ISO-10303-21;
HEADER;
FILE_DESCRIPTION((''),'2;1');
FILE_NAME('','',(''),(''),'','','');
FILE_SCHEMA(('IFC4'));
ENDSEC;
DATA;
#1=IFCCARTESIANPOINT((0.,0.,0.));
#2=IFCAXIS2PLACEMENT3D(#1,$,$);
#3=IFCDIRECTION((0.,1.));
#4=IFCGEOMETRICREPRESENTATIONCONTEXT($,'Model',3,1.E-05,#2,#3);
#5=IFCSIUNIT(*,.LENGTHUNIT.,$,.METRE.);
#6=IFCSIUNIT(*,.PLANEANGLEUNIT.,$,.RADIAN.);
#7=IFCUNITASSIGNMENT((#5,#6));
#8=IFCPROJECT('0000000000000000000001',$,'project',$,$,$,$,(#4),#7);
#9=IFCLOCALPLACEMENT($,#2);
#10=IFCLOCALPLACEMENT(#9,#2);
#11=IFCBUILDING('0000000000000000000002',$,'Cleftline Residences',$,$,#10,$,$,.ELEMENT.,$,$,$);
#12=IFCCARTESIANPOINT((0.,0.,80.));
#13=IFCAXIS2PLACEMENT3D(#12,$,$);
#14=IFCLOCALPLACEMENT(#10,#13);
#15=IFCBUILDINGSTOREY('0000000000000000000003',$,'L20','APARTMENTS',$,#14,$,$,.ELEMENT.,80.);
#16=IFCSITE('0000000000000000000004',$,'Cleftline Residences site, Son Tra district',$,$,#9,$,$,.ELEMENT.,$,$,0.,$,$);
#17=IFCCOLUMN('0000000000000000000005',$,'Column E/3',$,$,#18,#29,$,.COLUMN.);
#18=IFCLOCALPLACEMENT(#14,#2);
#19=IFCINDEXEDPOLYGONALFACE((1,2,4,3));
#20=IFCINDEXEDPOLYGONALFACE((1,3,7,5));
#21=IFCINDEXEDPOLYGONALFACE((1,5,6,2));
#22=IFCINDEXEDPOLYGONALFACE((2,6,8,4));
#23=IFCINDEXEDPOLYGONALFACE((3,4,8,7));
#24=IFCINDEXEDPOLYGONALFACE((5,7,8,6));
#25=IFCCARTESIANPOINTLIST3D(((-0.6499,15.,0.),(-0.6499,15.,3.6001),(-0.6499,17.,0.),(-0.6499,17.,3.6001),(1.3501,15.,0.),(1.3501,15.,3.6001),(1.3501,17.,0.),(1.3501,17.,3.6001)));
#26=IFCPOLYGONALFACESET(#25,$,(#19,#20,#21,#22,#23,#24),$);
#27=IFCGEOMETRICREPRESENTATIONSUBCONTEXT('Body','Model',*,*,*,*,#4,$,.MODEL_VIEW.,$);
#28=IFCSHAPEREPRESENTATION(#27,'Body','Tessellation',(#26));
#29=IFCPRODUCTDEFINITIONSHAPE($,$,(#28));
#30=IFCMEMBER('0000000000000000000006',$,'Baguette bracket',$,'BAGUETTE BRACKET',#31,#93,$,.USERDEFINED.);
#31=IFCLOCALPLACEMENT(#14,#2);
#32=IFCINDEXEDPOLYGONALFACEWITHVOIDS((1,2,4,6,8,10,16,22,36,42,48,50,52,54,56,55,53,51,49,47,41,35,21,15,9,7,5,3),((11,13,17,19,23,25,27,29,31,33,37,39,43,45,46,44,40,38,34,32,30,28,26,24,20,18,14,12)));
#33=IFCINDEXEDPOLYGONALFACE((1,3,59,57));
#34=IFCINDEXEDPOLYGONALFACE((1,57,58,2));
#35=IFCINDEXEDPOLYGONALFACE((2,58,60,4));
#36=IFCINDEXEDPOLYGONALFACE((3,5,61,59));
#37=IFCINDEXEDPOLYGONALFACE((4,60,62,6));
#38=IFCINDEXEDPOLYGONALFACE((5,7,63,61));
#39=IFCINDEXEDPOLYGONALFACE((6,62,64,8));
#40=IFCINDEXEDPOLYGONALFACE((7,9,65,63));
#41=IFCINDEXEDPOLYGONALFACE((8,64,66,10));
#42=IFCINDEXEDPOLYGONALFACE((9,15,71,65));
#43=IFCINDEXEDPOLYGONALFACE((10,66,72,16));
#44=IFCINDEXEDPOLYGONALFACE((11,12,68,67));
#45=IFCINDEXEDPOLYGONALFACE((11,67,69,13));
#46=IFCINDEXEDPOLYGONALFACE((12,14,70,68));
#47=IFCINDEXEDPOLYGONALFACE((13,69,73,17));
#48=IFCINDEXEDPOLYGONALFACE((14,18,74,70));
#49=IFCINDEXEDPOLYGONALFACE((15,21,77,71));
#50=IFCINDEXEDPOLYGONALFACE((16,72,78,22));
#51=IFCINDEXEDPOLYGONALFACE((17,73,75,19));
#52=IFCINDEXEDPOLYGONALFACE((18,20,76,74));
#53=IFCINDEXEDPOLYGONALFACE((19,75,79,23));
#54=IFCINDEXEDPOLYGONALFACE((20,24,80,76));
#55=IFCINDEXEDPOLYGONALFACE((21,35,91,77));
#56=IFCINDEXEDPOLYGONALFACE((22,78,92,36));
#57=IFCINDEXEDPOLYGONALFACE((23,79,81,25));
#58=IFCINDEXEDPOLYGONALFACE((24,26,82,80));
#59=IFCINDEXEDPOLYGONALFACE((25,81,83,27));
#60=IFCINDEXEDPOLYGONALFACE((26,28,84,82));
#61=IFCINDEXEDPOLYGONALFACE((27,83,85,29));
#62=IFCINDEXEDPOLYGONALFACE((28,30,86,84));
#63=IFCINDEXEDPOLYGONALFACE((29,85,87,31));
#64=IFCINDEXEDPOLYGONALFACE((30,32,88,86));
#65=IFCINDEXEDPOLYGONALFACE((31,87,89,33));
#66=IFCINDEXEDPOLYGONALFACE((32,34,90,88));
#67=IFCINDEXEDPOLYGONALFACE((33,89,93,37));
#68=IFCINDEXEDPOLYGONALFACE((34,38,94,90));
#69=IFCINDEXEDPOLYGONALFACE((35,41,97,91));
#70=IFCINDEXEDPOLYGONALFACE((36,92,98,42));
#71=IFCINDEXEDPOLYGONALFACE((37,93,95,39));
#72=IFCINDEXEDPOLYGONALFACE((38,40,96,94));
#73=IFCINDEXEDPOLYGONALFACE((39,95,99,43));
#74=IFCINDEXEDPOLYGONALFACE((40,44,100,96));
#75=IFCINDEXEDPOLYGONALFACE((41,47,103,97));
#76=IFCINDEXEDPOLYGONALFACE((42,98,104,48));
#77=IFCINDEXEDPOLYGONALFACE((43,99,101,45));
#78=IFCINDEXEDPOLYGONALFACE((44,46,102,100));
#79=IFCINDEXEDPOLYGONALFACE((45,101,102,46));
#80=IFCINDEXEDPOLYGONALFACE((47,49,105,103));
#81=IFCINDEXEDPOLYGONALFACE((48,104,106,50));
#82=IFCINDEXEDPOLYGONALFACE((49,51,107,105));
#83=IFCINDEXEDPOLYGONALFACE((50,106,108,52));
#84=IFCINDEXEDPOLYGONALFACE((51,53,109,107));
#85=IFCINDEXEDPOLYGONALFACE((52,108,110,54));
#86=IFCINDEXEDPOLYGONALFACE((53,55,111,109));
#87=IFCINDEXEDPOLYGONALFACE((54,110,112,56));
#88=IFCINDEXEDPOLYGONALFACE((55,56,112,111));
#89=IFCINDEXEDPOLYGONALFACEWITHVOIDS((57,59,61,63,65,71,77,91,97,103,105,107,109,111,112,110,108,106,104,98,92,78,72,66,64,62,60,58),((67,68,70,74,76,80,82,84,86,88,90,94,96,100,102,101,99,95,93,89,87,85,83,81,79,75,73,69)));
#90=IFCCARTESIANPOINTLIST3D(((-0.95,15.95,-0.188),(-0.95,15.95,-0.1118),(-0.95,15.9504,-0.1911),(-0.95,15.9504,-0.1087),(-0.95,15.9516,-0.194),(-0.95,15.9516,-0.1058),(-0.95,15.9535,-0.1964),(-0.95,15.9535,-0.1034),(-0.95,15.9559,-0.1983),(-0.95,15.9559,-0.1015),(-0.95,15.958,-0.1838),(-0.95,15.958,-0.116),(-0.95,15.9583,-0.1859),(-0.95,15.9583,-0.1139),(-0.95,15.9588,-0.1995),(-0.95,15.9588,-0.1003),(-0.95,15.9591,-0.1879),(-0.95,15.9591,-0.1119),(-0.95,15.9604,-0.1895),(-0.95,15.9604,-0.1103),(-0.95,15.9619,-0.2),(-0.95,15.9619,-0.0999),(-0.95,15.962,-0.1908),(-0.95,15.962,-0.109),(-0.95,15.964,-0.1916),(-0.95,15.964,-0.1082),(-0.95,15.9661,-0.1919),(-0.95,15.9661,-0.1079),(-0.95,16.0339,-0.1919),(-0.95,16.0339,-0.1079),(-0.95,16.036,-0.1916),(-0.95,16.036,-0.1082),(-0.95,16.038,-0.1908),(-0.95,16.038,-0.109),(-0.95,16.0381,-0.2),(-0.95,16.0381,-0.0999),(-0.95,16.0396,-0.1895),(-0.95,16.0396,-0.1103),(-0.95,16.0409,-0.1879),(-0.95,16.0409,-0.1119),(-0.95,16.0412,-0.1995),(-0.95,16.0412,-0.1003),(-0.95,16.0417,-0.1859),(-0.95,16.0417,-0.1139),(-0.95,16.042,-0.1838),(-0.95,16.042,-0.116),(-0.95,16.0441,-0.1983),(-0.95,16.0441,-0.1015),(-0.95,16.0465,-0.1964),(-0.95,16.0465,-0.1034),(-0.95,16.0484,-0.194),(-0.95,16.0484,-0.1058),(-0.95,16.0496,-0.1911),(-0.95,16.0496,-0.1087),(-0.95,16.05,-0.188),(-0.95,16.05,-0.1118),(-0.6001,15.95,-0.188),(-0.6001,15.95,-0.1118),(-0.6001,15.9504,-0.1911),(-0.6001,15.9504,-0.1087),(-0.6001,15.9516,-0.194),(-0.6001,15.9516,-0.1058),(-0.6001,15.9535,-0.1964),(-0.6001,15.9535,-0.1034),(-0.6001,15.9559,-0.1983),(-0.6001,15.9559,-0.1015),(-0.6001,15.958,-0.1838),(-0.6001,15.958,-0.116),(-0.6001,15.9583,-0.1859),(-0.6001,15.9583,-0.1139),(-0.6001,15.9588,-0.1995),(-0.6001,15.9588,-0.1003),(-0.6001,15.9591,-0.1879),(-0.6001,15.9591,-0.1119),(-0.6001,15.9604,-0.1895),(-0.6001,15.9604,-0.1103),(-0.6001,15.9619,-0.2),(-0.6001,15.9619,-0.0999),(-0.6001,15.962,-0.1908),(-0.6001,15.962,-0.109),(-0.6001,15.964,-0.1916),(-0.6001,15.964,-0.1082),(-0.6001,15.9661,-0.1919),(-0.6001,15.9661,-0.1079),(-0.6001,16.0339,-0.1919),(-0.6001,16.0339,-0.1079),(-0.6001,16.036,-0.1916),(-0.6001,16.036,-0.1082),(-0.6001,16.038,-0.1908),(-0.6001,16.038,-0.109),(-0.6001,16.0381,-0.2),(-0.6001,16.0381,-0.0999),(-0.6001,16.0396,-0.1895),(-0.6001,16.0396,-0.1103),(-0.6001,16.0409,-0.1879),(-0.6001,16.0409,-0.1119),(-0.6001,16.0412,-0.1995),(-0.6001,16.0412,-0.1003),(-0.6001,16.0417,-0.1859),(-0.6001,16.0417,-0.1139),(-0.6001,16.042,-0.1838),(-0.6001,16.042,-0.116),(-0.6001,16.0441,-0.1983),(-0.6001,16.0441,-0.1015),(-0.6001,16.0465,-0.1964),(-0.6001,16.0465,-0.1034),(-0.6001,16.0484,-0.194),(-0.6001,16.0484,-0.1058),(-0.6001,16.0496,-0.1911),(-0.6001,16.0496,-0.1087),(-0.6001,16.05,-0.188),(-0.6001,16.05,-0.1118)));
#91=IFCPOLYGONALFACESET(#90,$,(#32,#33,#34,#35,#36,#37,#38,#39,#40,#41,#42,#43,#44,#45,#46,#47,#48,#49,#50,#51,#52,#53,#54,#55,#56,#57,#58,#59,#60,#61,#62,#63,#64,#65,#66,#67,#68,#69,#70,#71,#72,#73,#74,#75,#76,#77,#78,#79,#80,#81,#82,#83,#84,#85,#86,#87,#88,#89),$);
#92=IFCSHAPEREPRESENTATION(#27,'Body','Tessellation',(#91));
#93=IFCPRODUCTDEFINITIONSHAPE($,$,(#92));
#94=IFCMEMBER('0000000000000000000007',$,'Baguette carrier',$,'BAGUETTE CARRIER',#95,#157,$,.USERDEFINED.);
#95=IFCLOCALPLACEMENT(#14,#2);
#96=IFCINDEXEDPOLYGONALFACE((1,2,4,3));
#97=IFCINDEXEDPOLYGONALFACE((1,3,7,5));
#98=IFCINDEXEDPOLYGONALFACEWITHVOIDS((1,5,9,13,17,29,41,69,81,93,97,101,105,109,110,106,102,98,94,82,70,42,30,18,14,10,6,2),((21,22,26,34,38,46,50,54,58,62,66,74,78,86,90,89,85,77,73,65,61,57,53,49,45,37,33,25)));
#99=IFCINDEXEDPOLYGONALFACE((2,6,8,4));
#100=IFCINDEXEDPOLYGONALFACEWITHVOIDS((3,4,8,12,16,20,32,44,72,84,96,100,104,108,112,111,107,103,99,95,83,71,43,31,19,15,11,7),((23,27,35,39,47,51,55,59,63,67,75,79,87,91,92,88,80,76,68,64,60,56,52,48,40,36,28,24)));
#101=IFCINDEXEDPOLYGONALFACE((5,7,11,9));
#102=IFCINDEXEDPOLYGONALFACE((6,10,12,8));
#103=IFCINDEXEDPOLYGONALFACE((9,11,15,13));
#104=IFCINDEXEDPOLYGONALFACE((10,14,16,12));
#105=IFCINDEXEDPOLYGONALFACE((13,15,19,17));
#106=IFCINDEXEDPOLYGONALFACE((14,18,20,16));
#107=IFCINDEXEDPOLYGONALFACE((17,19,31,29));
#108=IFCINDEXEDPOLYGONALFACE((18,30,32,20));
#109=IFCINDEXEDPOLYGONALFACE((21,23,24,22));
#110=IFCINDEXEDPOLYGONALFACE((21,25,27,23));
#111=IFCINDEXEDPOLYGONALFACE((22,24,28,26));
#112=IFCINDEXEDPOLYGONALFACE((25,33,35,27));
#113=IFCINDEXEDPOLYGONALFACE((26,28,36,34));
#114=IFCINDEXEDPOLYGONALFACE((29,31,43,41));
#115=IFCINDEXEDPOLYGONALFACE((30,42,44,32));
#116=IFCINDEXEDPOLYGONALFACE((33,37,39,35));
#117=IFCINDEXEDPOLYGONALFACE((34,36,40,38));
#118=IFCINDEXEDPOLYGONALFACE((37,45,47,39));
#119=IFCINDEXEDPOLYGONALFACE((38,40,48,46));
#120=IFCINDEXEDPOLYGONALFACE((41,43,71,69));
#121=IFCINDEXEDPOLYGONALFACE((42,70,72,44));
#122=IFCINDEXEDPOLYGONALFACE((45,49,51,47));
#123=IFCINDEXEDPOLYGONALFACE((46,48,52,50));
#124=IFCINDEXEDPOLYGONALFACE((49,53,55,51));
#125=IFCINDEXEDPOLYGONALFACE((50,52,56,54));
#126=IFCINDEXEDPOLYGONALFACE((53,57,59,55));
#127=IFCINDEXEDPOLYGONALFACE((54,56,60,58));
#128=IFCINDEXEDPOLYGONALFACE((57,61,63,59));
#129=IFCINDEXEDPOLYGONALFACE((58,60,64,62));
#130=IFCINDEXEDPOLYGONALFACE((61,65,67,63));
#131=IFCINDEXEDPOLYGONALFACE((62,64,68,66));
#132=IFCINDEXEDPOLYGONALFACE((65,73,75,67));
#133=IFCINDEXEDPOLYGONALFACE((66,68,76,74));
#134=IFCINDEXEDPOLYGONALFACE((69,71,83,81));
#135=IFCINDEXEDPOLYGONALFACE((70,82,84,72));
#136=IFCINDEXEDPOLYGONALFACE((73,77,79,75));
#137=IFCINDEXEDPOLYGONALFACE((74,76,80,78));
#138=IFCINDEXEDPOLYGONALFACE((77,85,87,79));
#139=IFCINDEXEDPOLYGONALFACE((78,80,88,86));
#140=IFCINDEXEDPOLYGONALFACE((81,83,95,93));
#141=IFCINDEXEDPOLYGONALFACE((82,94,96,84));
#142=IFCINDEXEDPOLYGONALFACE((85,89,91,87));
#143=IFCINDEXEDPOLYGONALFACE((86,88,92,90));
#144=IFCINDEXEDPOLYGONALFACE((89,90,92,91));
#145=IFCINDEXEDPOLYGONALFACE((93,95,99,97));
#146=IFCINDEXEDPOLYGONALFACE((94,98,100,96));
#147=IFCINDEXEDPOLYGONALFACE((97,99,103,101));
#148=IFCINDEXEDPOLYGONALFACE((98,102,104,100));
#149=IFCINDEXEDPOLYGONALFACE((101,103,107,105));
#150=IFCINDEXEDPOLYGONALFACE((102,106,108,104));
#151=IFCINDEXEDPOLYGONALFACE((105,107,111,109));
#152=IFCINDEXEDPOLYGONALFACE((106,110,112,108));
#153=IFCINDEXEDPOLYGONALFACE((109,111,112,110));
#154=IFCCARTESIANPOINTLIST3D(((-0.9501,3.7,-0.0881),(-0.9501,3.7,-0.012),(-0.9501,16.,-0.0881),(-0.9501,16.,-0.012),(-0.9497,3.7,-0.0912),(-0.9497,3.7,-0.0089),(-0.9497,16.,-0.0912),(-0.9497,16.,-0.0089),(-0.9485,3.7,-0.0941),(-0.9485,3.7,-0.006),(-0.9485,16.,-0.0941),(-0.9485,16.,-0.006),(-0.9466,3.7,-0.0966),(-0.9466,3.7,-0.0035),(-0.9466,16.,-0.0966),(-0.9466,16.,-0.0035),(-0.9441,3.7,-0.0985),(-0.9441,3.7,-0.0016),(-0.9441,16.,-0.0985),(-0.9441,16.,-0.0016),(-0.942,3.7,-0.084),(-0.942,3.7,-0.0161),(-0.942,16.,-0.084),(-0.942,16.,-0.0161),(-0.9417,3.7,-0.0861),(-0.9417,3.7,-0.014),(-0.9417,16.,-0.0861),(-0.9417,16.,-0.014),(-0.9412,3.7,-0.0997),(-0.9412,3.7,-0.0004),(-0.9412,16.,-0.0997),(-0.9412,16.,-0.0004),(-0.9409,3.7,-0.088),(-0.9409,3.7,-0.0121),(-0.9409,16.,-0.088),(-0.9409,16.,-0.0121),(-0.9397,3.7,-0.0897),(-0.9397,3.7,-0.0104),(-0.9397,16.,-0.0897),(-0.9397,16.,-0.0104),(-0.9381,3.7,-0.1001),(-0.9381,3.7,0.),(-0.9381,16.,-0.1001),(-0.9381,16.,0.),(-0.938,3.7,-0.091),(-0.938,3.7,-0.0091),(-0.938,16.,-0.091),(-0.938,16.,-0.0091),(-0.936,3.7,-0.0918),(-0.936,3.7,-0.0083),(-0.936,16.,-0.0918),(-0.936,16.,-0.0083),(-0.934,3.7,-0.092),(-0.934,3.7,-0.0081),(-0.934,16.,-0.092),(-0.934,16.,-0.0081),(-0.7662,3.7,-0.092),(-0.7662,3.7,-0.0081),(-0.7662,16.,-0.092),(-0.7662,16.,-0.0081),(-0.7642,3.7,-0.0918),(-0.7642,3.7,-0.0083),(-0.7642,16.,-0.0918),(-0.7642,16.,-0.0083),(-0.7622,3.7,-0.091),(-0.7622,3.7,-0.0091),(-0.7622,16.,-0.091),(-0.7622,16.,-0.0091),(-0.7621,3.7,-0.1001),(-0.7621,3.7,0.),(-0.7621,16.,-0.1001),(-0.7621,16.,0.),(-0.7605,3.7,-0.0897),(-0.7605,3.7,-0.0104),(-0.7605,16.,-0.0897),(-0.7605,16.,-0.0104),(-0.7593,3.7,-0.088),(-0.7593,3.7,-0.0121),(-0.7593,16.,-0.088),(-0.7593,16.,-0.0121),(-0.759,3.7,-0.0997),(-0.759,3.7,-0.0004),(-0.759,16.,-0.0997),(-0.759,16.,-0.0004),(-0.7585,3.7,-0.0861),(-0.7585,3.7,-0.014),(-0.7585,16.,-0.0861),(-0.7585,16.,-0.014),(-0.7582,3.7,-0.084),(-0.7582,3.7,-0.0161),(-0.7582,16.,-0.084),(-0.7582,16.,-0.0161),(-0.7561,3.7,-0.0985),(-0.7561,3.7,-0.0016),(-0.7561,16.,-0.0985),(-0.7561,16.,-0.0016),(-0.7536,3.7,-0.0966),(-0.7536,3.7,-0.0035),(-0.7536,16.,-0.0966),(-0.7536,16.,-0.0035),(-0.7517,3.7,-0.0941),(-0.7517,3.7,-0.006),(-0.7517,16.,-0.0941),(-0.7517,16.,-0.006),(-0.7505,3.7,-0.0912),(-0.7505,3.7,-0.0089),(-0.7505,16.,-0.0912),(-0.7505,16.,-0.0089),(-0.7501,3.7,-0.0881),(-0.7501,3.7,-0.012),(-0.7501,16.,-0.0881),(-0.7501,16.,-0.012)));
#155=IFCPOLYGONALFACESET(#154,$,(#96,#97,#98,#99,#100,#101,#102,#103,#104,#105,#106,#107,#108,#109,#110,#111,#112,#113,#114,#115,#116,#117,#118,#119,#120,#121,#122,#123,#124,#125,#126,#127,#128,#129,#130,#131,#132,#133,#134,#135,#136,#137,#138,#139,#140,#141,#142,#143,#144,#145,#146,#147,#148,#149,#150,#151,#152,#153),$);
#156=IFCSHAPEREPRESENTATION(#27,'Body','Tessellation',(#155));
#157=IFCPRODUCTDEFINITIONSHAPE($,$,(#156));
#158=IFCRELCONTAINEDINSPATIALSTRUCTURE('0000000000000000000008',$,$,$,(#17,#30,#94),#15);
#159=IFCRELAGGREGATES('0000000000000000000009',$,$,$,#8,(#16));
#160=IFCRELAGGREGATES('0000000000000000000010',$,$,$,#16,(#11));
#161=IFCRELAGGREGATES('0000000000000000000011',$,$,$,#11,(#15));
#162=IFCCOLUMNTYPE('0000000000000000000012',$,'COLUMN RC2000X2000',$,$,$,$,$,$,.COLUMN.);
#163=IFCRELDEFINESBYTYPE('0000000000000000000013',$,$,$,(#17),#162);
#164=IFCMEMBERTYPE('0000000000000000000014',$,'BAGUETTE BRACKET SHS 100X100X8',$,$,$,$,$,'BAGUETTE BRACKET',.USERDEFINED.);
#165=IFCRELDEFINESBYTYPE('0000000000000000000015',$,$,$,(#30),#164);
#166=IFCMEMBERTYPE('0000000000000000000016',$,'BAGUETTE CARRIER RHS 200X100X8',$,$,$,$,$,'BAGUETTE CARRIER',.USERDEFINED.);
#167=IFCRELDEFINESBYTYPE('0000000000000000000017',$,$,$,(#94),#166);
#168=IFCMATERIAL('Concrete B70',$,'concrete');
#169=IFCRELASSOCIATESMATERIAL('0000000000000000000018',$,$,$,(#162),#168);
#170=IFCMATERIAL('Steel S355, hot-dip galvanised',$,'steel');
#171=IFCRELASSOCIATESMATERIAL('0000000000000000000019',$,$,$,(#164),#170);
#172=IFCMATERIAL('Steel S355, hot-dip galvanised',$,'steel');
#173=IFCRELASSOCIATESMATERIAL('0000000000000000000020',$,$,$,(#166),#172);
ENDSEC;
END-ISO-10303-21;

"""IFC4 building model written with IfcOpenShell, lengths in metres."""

from ifc_helpers import new_model, si_unit, direction, frame, origin, origin_2d, place, context, subcontext, project, spatial, rectangle, hollow_rectangle, extrude, material, material_profile, profile_set, type_object, element, save


model = new_model("IFC4")

# Units and contexts
model_context = context("Model", 3, precision=1e-05, world=origin(), true_north=direction((0.0, 1.0)))
body_context = subcontext(model_context, "Body", "Model", "MODEL_VIEW")
ifc_project = project(units=[si_unit("LENGTHUNIT", "METRE"), si_unit("PLANEANGLEUNIT", "RADIAN")], contexts=[model_context])

# Site, building, storey
site_placement = place(None, origin())
site = spatial("IfcSite", under=ifc_project, at=site_placement, Name="Cleftline Residences site, Son Tra district", CompositionType="ELEMENT", RefElevation=0.0)
building_placement = place(site_placement, origin())
building = spatial("IfcBuilding", under=site, at=building_placement, Name="Cleftline Residences", CompositionType="ELEMENT")
storey_placement = place(building_placement, frame((0.0, 0.0, 80.0)))
storey = spatial("IfcBuildingStorey", under=building, at=storey_placement, Name="L20", Description="APARTMENTS", CompositionType="ELEMENT", Elevation=80.0)

# Column
ifc_material_1 = material(Name="Concrete B70", Category="concrete")
ifc_material_profile_1 = material_profile(ifc_material_1, rectangle(XDim=2.0, YDim=2.0, at=origin_2d()))
ifc_profile_set_1 = profile_set([ifc_material_profile_1], Name="Concrete B70")
column_type = type_object("IfcColumnType", Name="COLUMN RC2000X2000", PredefinedType="COLUMN", material=ifc_profile_set_1)
column_placement = place(storey_placement, frame((0.3501, 16.0, 0.0), z_axis=(0.0, 0.0, 1.0), x_axis=(1.0, 0.0, 0.0)))
element("IfcColumn", 1, at=column_placement, inside=storey, type_object=column_type, Name="Column E/3", PredefinedType="COLUMN", context=body_context, shape_type="SweptSolid", body=[
    extrude(rectangle(XDim=2.0, YDim=2.0, at=origin_2d()), origin(), (0.0, 0.0, 1.0), 3.6001),
])

# Members
ifc_material_2 = material(Name="Steel S355, hot-dip galvanised", Category="steel")
ifc_material_profile_2 = material_profile(ifc_material_2, hollow_rectangle(XDim=0.1001, YDim=0.1001, WallThickness=0.0081, InnerFilletRadius=0.0081, OuterFilletRadius=0.012, at=origin_2d()))
ifc_profile_set_2 = profile_set([ifc_material_profile_2], Name="Steel S355, hot-dip galvanised")
member_type_1 = type_object("IfcMemberType", Name="BAGUETTE BRACKET SHS 100X100X8", ElementType="BAGUETTE BRACKET", PredefinedType="USERDEFINED", material=ifc_profile_set_2)
member_1_placement = place(storey_placement, frame((-0.6001, 16.0, -0.1499), z_axis=(-1.0, 0.0, 0.0), x_axis=(0.0, -1.0, 0.0)))
element("IfcMember", 2, at=member_1_placement, inside=storey, type_object=member_type_1, Name="Baguette bracket", ObjectType="BAGUETTE BRACKET", PredefinedType="USERDEFINED", context=body_context, shape_type="SweptSolid", body=[
    extrude(hollow_rectangle(XDim=0.1001, YDim=0.1001, WallThickness=0.0081, InnerFilletRadius=0.0081, OuterFilletRadius=0.012, at=origin_2d()), origin(), (0.0, 0.0, 1.0), 0.3499),
])
ifc_material_3 = material(Name="Steel S355, hot-dip galvanised", Category="steel")
ifc_material_profile_3 = material_profile(ifc_material_3, hollow_rectangle(XDim=0.1001, YDim=0.2, WallThickness=0.0081, InnerFilletRadius=0.0081, OuterFilletRadius=0.012, at=origin_2d()))
ifc_profile_set_3 = profile_set([ifc_material_profile_3], Name="Steel S355, hot-dip galvanised")
member_type_2 = type_object("IfcMemberType", Name="BAGUETTE CARRIER RHS 200X100X8", ElementType="BAGUETTE CARRIER", PredefinedType="USERDEFINED", material=ifc_profile_set_3)
member_2_placement = place(storey_placement, frame((-0.8501, 16.0, -0.05), z_axis=(0.0, -1.0, 0.0), x_axis=(0.0, 0.0, 1.0)))
element("IfcMember", 3, at=member_2_placement, inside=storey, type_object=member_type_2, Name="Baguette carrier", ObjectType="BAGUETTE CARRIER", PredefinedType="USERDEFINED", context=body_context, shape_type="SweptSolid", body=[
    extrude(hollow_rectangle(XDim=0.1001, YDim=0.2, WallThickness=0.0081, InnerFilletRadius=0.0081, OuterFilletRadius=0.012, at=origin_2d()), origin(), (0.0, 0.0, 1.0), 12.3),
])

save(model, "model.ifc")
